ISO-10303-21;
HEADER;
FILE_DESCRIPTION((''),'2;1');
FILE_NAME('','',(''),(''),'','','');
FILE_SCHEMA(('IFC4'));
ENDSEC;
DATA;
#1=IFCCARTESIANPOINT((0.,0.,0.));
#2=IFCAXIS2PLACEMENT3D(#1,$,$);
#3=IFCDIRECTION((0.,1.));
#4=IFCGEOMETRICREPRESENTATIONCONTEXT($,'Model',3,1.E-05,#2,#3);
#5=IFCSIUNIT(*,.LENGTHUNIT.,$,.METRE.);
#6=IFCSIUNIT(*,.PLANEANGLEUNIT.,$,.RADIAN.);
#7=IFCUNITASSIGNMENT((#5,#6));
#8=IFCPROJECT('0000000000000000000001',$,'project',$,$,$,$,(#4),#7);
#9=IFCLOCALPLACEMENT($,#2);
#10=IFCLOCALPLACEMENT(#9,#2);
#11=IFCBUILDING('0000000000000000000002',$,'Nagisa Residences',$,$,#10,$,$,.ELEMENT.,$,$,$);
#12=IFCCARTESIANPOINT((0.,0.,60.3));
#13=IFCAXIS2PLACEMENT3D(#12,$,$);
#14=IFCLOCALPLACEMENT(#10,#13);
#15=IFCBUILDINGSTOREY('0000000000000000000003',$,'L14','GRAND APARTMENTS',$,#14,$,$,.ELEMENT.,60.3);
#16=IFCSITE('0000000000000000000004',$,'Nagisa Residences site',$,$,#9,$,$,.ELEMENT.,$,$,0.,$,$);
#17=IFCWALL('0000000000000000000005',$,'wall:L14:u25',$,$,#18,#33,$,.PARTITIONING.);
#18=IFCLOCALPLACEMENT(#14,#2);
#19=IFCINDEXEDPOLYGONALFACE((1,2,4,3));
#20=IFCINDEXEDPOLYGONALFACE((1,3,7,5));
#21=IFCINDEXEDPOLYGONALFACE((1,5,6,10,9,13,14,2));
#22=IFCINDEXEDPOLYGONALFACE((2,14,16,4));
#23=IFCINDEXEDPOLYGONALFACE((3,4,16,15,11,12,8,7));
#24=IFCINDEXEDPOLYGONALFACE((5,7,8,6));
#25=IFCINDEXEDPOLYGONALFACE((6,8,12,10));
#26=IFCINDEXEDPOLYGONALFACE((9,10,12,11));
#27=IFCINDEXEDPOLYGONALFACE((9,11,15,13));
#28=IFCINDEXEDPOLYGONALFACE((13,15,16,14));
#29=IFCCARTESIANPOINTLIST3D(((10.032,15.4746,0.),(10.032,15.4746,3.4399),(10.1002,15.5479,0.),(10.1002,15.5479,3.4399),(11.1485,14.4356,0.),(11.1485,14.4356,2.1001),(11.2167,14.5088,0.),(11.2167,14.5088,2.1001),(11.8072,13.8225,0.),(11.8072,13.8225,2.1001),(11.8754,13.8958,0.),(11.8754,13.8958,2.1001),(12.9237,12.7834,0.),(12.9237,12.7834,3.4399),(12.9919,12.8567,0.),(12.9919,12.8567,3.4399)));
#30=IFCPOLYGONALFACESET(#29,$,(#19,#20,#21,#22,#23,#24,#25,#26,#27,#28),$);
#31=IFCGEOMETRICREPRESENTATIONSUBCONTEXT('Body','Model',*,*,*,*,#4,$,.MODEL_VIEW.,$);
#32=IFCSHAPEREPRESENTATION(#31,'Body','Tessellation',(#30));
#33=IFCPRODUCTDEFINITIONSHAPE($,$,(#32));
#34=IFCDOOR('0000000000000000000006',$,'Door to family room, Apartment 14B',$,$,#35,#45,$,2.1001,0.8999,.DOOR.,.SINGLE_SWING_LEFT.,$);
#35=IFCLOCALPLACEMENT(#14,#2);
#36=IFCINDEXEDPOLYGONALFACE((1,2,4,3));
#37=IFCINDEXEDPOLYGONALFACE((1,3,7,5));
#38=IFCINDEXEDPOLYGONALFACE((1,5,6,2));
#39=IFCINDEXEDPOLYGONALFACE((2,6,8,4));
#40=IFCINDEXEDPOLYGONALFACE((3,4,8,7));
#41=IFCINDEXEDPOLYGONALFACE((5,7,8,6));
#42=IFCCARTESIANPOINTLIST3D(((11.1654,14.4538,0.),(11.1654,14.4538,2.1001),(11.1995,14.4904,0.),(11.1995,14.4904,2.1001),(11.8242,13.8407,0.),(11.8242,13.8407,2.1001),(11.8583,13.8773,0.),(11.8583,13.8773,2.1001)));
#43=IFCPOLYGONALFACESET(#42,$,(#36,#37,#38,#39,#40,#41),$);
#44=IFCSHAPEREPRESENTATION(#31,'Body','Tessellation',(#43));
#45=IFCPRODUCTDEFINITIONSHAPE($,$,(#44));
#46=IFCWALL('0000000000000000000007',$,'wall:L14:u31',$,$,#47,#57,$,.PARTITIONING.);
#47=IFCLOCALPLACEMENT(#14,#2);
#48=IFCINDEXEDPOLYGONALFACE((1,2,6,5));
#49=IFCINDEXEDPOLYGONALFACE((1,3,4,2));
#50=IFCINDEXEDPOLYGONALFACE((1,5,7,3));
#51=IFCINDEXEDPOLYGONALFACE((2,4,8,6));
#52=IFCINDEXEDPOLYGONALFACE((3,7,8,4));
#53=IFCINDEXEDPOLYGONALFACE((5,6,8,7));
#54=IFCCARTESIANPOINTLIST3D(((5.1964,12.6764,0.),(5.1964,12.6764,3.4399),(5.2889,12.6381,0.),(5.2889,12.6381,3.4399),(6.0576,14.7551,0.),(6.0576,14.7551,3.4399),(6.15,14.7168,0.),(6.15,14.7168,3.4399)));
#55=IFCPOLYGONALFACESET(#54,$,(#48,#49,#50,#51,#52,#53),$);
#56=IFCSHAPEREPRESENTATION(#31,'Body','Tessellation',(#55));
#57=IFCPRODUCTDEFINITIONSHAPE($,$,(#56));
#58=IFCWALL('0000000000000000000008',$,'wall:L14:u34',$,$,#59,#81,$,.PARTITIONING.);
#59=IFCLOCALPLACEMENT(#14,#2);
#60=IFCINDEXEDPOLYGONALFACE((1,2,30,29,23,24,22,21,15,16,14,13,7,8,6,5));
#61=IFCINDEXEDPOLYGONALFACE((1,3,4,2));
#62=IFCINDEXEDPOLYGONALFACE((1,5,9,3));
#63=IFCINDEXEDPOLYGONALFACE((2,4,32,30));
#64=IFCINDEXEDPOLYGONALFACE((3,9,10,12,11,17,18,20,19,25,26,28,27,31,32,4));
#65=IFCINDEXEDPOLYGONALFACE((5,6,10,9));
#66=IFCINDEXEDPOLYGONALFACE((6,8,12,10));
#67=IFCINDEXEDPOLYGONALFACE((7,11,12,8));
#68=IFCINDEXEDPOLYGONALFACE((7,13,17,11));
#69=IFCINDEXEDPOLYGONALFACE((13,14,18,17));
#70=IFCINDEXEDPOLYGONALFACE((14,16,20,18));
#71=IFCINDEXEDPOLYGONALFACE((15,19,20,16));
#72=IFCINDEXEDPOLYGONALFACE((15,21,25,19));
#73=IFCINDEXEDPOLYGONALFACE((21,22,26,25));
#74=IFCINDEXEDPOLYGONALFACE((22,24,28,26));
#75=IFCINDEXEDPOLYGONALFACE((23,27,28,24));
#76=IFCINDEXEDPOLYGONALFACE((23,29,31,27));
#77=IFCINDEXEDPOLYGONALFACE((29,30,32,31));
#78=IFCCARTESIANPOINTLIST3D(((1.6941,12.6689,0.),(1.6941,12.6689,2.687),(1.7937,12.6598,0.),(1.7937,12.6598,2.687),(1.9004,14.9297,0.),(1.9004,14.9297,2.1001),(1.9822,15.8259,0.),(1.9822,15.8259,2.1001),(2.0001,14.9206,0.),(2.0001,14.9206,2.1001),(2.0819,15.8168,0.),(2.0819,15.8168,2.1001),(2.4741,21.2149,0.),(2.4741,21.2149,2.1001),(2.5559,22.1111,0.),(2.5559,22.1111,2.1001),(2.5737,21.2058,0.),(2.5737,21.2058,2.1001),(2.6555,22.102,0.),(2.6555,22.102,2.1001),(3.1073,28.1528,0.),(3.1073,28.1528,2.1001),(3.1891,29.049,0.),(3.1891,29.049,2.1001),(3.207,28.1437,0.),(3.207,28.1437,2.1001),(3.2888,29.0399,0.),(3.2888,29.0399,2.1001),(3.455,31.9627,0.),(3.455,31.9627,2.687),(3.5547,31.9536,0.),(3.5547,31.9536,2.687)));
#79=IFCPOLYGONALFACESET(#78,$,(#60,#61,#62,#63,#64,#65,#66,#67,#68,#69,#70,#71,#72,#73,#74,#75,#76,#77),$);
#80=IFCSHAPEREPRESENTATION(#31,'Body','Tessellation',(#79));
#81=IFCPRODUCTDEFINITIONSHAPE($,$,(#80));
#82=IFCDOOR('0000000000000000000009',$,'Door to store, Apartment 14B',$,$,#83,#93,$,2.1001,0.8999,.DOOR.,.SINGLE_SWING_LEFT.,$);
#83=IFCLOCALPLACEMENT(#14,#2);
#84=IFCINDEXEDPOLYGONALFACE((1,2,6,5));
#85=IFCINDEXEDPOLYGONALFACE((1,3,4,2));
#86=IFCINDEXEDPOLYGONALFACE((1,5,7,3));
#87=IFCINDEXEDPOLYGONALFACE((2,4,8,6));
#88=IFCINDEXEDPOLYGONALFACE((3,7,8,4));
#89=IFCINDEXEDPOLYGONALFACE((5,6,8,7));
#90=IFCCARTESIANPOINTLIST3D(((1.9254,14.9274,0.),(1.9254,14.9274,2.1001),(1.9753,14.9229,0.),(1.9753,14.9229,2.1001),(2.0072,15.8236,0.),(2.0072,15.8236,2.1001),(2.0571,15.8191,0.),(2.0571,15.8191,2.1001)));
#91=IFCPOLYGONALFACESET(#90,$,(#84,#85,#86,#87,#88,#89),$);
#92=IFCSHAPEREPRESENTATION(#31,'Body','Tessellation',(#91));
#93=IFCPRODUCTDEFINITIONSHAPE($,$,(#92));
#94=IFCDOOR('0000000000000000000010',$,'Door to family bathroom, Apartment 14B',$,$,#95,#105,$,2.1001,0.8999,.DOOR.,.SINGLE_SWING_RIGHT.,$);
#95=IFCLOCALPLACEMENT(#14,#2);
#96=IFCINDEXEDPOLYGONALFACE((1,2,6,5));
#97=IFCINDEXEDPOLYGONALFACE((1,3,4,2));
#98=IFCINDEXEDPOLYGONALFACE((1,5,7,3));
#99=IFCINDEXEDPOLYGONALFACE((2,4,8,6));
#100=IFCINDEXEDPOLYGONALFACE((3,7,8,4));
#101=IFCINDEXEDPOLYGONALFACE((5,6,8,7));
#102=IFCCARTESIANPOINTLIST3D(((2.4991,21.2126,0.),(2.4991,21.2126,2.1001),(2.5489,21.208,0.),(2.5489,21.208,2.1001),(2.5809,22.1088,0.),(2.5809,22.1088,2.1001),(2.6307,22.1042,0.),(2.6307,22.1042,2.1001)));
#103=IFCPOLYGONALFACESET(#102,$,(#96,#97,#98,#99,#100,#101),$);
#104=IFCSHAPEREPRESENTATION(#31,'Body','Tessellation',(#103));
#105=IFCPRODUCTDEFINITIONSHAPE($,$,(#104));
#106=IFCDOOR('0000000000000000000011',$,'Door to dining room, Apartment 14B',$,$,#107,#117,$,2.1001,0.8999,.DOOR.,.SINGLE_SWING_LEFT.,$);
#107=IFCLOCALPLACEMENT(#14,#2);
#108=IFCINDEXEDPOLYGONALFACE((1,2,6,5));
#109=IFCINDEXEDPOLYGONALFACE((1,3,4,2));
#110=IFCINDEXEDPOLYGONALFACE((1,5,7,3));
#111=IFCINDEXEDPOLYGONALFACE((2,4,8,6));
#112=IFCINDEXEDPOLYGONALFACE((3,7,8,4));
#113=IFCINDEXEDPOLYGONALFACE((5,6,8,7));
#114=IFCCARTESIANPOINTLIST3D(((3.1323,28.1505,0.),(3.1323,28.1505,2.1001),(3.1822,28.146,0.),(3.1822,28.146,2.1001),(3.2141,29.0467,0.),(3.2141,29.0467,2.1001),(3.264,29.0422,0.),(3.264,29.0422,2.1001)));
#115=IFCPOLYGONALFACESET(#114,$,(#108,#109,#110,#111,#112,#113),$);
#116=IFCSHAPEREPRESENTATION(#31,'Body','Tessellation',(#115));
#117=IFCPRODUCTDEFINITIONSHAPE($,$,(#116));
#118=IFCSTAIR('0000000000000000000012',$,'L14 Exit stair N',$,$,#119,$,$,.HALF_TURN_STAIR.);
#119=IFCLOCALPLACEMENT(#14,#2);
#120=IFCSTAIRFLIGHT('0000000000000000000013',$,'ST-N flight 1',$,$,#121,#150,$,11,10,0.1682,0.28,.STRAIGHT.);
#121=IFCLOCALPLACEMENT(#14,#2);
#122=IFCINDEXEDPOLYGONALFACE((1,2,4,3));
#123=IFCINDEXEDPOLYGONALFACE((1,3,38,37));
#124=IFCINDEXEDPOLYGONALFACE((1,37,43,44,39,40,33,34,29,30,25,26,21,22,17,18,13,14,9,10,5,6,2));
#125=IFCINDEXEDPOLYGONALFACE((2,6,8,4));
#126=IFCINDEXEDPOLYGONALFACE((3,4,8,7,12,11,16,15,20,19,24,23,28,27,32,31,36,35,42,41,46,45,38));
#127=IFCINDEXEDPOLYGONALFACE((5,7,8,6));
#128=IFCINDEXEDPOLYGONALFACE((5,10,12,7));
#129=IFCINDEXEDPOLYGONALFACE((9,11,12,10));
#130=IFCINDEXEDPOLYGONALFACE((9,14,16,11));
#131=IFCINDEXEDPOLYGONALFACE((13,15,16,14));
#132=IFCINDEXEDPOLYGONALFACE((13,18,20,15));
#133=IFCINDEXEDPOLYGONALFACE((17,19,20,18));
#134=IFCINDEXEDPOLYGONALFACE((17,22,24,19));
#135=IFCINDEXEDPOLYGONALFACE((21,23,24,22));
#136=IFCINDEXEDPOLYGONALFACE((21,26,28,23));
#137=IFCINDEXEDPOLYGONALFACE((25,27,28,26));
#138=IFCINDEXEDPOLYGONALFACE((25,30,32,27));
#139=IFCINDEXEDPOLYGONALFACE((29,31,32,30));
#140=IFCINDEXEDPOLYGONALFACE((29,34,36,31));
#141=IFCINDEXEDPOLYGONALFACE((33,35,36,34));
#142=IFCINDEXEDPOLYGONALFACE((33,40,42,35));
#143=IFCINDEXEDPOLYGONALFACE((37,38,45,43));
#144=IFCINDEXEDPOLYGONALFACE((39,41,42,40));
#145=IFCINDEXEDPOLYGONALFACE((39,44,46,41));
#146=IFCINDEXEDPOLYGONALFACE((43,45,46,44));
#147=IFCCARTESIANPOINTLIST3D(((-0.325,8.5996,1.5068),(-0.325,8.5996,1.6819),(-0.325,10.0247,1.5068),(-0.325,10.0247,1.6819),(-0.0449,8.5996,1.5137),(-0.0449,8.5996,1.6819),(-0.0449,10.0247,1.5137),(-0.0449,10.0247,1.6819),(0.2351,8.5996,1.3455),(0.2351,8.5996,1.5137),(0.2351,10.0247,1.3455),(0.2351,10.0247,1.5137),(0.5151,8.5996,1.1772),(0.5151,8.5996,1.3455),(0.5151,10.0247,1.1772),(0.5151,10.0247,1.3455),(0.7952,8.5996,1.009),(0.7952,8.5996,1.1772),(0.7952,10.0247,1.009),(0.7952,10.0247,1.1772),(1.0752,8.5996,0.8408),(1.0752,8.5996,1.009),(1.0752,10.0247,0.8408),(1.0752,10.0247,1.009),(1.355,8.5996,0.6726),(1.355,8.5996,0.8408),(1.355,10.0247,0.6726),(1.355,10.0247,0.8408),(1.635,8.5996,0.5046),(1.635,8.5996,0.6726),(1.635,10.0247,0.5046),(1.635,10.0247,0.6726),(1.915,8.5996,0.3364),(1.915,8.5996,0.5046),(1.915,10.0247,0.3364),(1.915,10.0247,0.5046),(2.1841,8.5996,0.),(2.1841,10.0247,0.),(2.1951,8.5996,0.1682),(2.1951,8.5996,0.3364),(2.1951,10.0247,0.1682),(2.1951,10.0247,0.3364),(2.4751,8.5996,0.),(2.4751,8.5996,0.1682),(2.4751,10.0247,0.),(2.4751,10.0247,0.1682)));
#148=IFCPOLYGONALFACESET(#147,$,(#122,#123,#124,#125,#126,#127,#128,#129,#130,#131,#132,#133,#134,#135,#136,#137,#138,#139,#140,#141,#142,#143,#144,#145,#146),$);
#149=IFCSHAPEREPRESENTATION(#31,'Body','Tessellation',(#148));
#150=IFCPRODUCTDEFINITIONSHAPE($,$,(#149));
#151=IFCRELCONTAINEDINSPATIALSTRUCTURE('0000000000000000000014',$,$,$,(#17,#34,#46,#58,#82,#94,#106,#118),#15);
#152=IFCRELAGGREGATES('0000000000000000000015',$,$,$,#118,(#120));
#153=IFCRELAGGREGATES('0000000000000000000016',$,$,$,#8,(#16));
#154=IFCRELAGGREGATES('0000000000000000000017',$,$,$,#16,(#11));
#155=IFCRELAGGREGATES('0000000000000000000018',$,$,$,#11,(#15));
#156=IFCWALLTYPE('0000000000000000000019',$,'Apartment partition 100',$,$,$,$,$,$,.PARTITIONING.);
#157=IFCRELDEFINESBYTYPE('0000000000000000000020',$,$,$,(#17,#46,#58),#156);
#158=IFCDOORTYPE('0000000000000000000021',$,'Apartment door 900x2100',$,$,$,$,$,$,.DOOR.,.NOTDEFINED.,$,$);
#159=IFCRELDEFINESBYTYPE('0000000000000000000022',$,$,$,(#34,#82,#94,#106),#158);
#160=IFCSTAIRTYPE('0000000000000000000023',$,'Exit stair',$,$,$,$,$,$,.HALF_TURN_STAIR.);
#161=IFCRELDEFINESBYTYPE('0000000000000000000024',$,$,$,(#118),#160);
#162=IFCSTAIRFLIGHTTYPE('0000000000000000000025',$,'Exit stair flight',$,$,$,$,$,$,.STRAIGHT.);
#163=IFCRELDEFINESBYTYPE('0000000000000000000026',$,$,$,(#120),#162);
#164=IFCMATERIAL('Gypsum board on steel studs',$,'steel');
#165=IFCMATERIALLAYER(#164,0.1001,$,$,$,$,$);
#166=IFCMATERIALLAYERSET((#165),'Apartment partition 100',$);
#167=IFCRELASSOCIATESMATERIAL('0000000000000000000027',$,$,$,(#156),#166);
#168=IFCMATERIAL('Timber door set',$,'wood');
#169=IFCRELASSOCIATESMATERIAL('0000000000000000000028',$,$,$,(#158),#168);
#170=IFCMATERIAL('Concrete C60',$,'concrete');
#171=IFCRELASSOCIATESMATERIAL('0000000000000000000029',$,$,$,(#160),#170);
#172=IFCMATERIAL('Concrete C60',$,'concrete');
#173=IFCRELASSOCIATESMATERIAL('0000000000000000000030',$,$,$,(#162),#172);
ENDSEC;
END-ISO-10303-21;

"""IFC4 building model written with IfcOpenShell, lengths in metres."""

from ifc_helpers import new_model, si_unit, direction, frame, frame_2d, origin, place, context, subcontext, project, spatial, polyline, rectangle, outline, extrude, material, layer, layer_set, type_object, element, fill, aggregate, save


model = new_model("IFC4")

# Units and contexts
model_context = context("Model", 3, precision=1e-05, world=origin(), true_north=direction((0.0, 1.0)))
body_context = subcontext(model_context, "Body", "Model", "MODEL_VIEW")
ifc_project = project(units=[si_unit("LENGTHUNIT", "METRE"), si_unit("PLANEANGLEUNIT", "RADIAN")], contexts=[model_context])

# Site, building, storey
site_placement = place(None, origin())
site = spatial("IfcSite", under=ifc_project, at=site_placement, Name="Nagisa Residences site", CompositionType="ELEMENT", RefElevation=0.0)
building_placement = place(site_placement, origin())
building = spatial("IfcBuilding", under=site, at=building_placement, Name="Nagisa Residences", CompositionType="ELEMENT")
storey_placement = place(building_placement, frame((0.0, 0.0, 60.3)))
storey = spatial("IfcBuildingStorey", under=building, at=storey_placement, Name="L14", Description="GRAND APARTMENTS", CompositionType="ELEMENT", Elevation=60.3)

# Wall, opening, door
ifc_material_1 = material(Name="Gypsum board on steel studs", Category="steel")
ifc_layer_1 = layer(ifc_material_1, 0.1001)
ifc_layer_set_1 = layer_set([ifc_layer_1], Name="Apartment partition 100")
wall_type_1 = type_object("IfcWallType", Name="Apartment partition 100", PredefinedType="PARTITIONING", material=ifc_layer_set_1)
ifc_material_2 = material(Name="Timber door set", Category="wood")
door_type_1 = type_object("IfcDoorType", Name="Apartment door 900x2100", OperationType="NOTDEFINED", PredefinedType="DOOR", material=ifc_material_2)
wall_1_placement = place(storey_placement, frame((12.9578, 12.8201, 0.0), z_axis=(0.0, 0.0, 1.0), x_axis=(-0.732023, 0.68128, 0.0)))
wall_1 = element("IfcWall", 1, at=wall_1_placement, inside=storey, type_object=wall_type_1, Name="wall:L14:u25", PredefinedType="PARTITIONING", context=body_context, shape_type="SweptSolid", body=[
    extrude(rectangle(XDim=3.9502, YDim=0.1001, at=frame_2d((1.9751, 0.0))), origin(), (0.0, 0.0, 1.0), 3.4399),
])
opening_1_placement = place(wall_1_placement, frame((1.5251, 0.0, 0.0)))
opening_1 = element("IfcOpeningElement", 2, at=opening_1_placement, cuts=wall_1, PredefinedType="OPENING", context=body_context, shape_type="SweptSolid", body=[
    extrude(rectangle(XDim=0.8999, YDim=2.1001, at=frame_2d((0.45, 1.05))), frame((0.0, 0.0601, 0.0), z_axis=(0.0, -1.0, 0.0), x_axis=(1.0, 0.0, 0.0)), (0.0, 0.0, 1.0), 0.1201),
])
door_1_placement = place(opening_1_placement, frame((0.8999, 0.0, 0.0), x_axis=(-1.0, 0.0, 0.0)))
door_1 = element("IfcDoor", 3, at=door_1_placement, inside=storey, type_object=door_type_1, Name="Door to family room, Apartment 14B", OperationType="SINGLE_SWING_LEFT", OverallHeight=2.1001, OverallWidth=0.8999, PredefinedType="DOOR", context=body_context, shape_type="SweptSolid", body=[
    extrude(rectangle(XDim=0.8999, YDim=2.1001, at=frame_2d((0.45, 1.05))), frame((0.0, 0.0249, 0.0), z_axis=(0.0, -1.0, 0.0), x_axis=(1.0, 0.0, 0.0)), (0.0, 0.0, 1.0), 0.05),
])
fill(opening_1, door_1)

# Wall
wall_2_placement = place(storey_placement, frame((5.2427, 12.6572, 0.0), z_axis=(0.0, 0.0, 1.0), x_axis=(0.382719, 0.923865, 0.0)))
element("IfcWall", 4, at=wall_2_placement, inside=storey, type_object=wall_type_1, Name="wall:L14:u31", PredefinedType="PARTITIONING", context=body_context, shape_type="SweptSolid", body=[
    extrude(rectangle(XDim=2.25, YDim=0.1001, at=frame_2d((1.125, 0.0))), origin(), (0.0, 0.0, 1.0), 3.4399),
])

# Wall, openings, doors
wall_3_placement = place(storey_placement, frame((1.7439, 12.6643, 0.0), z_axis=(0.0, 0.0, 1.0), x_axis=(0.090894, 0.995861, 0.0)))
wall_3 = element("IfcWall", 5, at=wall_3_placement, inside=storey, type_object=wall_type_1, Name="wall:L14:u34", PredefinedType="PARTITIONING", context=body_context, shape_type="SweptSolid", body=[
    extrude(rectangle(XDim=19.374, YDim=0.1001, at=frame_2d((9.687, 0.0))), origin(), (0.0, 0.0, 1.0), 2.687),
])
opening_2_placement = place(wall_3_placement, frame((2.2703, 0.0, 0.0)))
opening_2 = element("IfcOpeningElement", 6, at=opening_2_placement, cuts=wall_3, PredefinedType="OPENING", context=body_context, shape_type="SweptSolid", body=[
    extrude(rectangle(XDim=0.8999, YDim=2.1001, at=frame_2d((0.45, 1.05))), frame((0.0, 0.0601, 0.0), z_axis=(0.0, -1.0, 0.0), x_axis=(1.0, 0.0, 0.0)), (0.0, 0.0, 1.0), 0.1201),
])
opening_3_placement = place(wall_3_placement, frame((8.5815, 0.0, 0.0)))
opening_3 = element("IfcOpeningElement", 7, at=opening_3_placement, cuts=wall_3, PredefinedType="OPENING", context=body_context, shape_type="SweptSolid", body=[
    extrude(rectangle(XDim=0.8999, YDim=2.1001, at=frame_2d((0.45, 1.05))), frame((0.0, 0.0601, 0.0), z_axis=(0.0, -1.0, 0.0), x_axis=(1.0, 0.0, 0.0)), (0.0, 0.0, 1.0), 0.1201),
])
opening_4_placement = place(wall_3_placement, frame((15.5483, 0.0, 0.0)))
opening_4 = element("IfcOpeningElement", 8, at=opening_4_placement, cuts=wall_3, PredefinedType="OPENING", context=body_context, shape_type="SweptSolid", body=[
    extrude(rectangle(XDim=0.8999, YDim=2.1001, at=frame_2d((0.45, 1.05))), frame((0.0, 0.0601, 0.0), z_axis=(0.0, -1.0, 0.0), x_axis=(1.0, 0.0, 0.0)), (0.0, 0.0, 1.0), 0.1201),
])
door_2_placement = place(opening_2_placement, origin())
door_2 = element("IfcDoor", 9, at=door_2_placement, inside=storey, type_object=door_type_1, Name="Door to store, Apartment 14B", OperationType="SINGLE_SWING_LEFT", OverallHeight=2.1001, OverallWidth=0.8999, PredefinedType="DOOR", context=body_context, shape_type="SweptSolid", body=[
    extrude(rectangle(XDim=0.8999, YDim=2.1001, at=frame_2d((0.45, 1.05))), frame((0.0, 0.0249, 0.0), z_axis=(0.0, -1.0, 0.0), x_axis=(1.0, 0.0, 0.0)), (0.0, 0.0, 1.0), 0.05),
])
fill(opening_2, door_2)
door_3_placement = place(opening_3_placement, origin())
door_3 = element("IfcDoor", 10, at=door_3_placement, inside=storey, type_object=door_type_1, Name="Door to family bathroom, Apartment 14B", OperationType="SINGLE_SWING_RIGHT", OverallHeight=2.1001, OverallWidth=0.8999, PredefinedType="DOOR", context=body_context, shape_type="SweptSolid", body=[
    extrude(rectangle(XDim=0.8999, YDim=2.1001, at=frame_2d((0.45, 1.05))), frame((0.0, 0.0249, 0.0), z_axis=(0.0, -1.0, 0.0), x_axis=(1.0, 0.0, 0.0)), (0.0, 0.0, 1.0), 0.05),
])
fill(opening_3, door_3)
door_4_placement = place(opening_4_placement, origin())
door_4 = element("IfcDoor", 11, at=door_4_placement, inside=storey, type_object=door_type_1, Name="Door to dining room, Apartment 14B", OperationType="SINGLE_SWING_LEFT", OverallHeight=2.1001, OverallWidth=0.8999, PredefinedType="DOOR", context=body_context, shape_type="SweptSolid", body=[
    extrude(rectangle(XDim=0.8999, YDim=2.1001, at=frame_2d((0.45, 1.05))), frame((0.0, 0.0249, 0.0), z_axis=(0.0, -1.0, 0.0), x_axis=(1.0, 0.0, 0.0)), (0.0, 0.0, 1.0), 0.05),
])
fill(opening_4, door_4)

# Stair, stair flight
ifc_material_3 = material(Name="Concrete C60", Category="concrete")
stair_type = type_object("IfcStairType", Name="Exit stair", PredefinedType="HALF_TURN_STAIR", material=ifc_material_3)
stair_placement = place(storey_placement, origin())
stair = element("IfcStair", 12, at=stair_placement, inside=storey, type_object=stair_type, Name="L14 Exit stair N", PredefinedType="HALF_TURN_STAIR")
ifc_material_4 = material(Name="Concrete C60", Category="concrete")
stair_flight_type = type_object("IfcStairFlightType", Name="Exit stair flight", PredefinedType="STRAIGHT", material=ifc_material_4)
stair_flight_placement = place(storey_placement, frame((2.4751, 9.312, 0.0), z_axis=(0.0, 0.0, 1.0), x_axis=(-1.0, 0.0, 0.0)))
stair_flight = element("IfcStairFlight", 13, at=stair_flight_placement, type_object=stair_flight_type, Name="ST-N flight 1", NumberOfRisers=11, NumberOfTreads=10, PredefinedType="STRAIGHT", RiserHeight=0.1682, TreadLength=0.28, context=body_context, shape_type="SweptSolid", body=[
    extrude(outline(polyline([(0.0, 0.0), (0.0, 0.1682), (0.28, 0.1682), (0.28, 0.3364), (0.5601, 0.3364), (0.5601, 0.5046), (0.8401, 0.5046), (0.8401, 0.6726), (1.1201, 0.6726), (1.1201, 0.8408), (1.3999, 0.8408), (1.3999, 1.009), (1.6799, 1.009), (1.6799, 1.1772), (1.96, 1.1772), (1.96, 1.3455), (2.24, 1.3455), (2.24, 1.5137), (2.52, 1.5137), (2.52, 1.6819), (2.8, 1.6819), (2.8, 1.8501), (2.8, 1.5068), (0.291, 0.0), (0.0, 0.0)])), frame((0.0, 0.7124, 0.0), z_axis=(0.0, -1.0, 0.0), x_axis=(1.0, 0.0, 0.0)), (0.0, 0.0, 1.0), 1.425),
])
aggregate(stair, [stair_flight])

save(model, "model.ifc")
